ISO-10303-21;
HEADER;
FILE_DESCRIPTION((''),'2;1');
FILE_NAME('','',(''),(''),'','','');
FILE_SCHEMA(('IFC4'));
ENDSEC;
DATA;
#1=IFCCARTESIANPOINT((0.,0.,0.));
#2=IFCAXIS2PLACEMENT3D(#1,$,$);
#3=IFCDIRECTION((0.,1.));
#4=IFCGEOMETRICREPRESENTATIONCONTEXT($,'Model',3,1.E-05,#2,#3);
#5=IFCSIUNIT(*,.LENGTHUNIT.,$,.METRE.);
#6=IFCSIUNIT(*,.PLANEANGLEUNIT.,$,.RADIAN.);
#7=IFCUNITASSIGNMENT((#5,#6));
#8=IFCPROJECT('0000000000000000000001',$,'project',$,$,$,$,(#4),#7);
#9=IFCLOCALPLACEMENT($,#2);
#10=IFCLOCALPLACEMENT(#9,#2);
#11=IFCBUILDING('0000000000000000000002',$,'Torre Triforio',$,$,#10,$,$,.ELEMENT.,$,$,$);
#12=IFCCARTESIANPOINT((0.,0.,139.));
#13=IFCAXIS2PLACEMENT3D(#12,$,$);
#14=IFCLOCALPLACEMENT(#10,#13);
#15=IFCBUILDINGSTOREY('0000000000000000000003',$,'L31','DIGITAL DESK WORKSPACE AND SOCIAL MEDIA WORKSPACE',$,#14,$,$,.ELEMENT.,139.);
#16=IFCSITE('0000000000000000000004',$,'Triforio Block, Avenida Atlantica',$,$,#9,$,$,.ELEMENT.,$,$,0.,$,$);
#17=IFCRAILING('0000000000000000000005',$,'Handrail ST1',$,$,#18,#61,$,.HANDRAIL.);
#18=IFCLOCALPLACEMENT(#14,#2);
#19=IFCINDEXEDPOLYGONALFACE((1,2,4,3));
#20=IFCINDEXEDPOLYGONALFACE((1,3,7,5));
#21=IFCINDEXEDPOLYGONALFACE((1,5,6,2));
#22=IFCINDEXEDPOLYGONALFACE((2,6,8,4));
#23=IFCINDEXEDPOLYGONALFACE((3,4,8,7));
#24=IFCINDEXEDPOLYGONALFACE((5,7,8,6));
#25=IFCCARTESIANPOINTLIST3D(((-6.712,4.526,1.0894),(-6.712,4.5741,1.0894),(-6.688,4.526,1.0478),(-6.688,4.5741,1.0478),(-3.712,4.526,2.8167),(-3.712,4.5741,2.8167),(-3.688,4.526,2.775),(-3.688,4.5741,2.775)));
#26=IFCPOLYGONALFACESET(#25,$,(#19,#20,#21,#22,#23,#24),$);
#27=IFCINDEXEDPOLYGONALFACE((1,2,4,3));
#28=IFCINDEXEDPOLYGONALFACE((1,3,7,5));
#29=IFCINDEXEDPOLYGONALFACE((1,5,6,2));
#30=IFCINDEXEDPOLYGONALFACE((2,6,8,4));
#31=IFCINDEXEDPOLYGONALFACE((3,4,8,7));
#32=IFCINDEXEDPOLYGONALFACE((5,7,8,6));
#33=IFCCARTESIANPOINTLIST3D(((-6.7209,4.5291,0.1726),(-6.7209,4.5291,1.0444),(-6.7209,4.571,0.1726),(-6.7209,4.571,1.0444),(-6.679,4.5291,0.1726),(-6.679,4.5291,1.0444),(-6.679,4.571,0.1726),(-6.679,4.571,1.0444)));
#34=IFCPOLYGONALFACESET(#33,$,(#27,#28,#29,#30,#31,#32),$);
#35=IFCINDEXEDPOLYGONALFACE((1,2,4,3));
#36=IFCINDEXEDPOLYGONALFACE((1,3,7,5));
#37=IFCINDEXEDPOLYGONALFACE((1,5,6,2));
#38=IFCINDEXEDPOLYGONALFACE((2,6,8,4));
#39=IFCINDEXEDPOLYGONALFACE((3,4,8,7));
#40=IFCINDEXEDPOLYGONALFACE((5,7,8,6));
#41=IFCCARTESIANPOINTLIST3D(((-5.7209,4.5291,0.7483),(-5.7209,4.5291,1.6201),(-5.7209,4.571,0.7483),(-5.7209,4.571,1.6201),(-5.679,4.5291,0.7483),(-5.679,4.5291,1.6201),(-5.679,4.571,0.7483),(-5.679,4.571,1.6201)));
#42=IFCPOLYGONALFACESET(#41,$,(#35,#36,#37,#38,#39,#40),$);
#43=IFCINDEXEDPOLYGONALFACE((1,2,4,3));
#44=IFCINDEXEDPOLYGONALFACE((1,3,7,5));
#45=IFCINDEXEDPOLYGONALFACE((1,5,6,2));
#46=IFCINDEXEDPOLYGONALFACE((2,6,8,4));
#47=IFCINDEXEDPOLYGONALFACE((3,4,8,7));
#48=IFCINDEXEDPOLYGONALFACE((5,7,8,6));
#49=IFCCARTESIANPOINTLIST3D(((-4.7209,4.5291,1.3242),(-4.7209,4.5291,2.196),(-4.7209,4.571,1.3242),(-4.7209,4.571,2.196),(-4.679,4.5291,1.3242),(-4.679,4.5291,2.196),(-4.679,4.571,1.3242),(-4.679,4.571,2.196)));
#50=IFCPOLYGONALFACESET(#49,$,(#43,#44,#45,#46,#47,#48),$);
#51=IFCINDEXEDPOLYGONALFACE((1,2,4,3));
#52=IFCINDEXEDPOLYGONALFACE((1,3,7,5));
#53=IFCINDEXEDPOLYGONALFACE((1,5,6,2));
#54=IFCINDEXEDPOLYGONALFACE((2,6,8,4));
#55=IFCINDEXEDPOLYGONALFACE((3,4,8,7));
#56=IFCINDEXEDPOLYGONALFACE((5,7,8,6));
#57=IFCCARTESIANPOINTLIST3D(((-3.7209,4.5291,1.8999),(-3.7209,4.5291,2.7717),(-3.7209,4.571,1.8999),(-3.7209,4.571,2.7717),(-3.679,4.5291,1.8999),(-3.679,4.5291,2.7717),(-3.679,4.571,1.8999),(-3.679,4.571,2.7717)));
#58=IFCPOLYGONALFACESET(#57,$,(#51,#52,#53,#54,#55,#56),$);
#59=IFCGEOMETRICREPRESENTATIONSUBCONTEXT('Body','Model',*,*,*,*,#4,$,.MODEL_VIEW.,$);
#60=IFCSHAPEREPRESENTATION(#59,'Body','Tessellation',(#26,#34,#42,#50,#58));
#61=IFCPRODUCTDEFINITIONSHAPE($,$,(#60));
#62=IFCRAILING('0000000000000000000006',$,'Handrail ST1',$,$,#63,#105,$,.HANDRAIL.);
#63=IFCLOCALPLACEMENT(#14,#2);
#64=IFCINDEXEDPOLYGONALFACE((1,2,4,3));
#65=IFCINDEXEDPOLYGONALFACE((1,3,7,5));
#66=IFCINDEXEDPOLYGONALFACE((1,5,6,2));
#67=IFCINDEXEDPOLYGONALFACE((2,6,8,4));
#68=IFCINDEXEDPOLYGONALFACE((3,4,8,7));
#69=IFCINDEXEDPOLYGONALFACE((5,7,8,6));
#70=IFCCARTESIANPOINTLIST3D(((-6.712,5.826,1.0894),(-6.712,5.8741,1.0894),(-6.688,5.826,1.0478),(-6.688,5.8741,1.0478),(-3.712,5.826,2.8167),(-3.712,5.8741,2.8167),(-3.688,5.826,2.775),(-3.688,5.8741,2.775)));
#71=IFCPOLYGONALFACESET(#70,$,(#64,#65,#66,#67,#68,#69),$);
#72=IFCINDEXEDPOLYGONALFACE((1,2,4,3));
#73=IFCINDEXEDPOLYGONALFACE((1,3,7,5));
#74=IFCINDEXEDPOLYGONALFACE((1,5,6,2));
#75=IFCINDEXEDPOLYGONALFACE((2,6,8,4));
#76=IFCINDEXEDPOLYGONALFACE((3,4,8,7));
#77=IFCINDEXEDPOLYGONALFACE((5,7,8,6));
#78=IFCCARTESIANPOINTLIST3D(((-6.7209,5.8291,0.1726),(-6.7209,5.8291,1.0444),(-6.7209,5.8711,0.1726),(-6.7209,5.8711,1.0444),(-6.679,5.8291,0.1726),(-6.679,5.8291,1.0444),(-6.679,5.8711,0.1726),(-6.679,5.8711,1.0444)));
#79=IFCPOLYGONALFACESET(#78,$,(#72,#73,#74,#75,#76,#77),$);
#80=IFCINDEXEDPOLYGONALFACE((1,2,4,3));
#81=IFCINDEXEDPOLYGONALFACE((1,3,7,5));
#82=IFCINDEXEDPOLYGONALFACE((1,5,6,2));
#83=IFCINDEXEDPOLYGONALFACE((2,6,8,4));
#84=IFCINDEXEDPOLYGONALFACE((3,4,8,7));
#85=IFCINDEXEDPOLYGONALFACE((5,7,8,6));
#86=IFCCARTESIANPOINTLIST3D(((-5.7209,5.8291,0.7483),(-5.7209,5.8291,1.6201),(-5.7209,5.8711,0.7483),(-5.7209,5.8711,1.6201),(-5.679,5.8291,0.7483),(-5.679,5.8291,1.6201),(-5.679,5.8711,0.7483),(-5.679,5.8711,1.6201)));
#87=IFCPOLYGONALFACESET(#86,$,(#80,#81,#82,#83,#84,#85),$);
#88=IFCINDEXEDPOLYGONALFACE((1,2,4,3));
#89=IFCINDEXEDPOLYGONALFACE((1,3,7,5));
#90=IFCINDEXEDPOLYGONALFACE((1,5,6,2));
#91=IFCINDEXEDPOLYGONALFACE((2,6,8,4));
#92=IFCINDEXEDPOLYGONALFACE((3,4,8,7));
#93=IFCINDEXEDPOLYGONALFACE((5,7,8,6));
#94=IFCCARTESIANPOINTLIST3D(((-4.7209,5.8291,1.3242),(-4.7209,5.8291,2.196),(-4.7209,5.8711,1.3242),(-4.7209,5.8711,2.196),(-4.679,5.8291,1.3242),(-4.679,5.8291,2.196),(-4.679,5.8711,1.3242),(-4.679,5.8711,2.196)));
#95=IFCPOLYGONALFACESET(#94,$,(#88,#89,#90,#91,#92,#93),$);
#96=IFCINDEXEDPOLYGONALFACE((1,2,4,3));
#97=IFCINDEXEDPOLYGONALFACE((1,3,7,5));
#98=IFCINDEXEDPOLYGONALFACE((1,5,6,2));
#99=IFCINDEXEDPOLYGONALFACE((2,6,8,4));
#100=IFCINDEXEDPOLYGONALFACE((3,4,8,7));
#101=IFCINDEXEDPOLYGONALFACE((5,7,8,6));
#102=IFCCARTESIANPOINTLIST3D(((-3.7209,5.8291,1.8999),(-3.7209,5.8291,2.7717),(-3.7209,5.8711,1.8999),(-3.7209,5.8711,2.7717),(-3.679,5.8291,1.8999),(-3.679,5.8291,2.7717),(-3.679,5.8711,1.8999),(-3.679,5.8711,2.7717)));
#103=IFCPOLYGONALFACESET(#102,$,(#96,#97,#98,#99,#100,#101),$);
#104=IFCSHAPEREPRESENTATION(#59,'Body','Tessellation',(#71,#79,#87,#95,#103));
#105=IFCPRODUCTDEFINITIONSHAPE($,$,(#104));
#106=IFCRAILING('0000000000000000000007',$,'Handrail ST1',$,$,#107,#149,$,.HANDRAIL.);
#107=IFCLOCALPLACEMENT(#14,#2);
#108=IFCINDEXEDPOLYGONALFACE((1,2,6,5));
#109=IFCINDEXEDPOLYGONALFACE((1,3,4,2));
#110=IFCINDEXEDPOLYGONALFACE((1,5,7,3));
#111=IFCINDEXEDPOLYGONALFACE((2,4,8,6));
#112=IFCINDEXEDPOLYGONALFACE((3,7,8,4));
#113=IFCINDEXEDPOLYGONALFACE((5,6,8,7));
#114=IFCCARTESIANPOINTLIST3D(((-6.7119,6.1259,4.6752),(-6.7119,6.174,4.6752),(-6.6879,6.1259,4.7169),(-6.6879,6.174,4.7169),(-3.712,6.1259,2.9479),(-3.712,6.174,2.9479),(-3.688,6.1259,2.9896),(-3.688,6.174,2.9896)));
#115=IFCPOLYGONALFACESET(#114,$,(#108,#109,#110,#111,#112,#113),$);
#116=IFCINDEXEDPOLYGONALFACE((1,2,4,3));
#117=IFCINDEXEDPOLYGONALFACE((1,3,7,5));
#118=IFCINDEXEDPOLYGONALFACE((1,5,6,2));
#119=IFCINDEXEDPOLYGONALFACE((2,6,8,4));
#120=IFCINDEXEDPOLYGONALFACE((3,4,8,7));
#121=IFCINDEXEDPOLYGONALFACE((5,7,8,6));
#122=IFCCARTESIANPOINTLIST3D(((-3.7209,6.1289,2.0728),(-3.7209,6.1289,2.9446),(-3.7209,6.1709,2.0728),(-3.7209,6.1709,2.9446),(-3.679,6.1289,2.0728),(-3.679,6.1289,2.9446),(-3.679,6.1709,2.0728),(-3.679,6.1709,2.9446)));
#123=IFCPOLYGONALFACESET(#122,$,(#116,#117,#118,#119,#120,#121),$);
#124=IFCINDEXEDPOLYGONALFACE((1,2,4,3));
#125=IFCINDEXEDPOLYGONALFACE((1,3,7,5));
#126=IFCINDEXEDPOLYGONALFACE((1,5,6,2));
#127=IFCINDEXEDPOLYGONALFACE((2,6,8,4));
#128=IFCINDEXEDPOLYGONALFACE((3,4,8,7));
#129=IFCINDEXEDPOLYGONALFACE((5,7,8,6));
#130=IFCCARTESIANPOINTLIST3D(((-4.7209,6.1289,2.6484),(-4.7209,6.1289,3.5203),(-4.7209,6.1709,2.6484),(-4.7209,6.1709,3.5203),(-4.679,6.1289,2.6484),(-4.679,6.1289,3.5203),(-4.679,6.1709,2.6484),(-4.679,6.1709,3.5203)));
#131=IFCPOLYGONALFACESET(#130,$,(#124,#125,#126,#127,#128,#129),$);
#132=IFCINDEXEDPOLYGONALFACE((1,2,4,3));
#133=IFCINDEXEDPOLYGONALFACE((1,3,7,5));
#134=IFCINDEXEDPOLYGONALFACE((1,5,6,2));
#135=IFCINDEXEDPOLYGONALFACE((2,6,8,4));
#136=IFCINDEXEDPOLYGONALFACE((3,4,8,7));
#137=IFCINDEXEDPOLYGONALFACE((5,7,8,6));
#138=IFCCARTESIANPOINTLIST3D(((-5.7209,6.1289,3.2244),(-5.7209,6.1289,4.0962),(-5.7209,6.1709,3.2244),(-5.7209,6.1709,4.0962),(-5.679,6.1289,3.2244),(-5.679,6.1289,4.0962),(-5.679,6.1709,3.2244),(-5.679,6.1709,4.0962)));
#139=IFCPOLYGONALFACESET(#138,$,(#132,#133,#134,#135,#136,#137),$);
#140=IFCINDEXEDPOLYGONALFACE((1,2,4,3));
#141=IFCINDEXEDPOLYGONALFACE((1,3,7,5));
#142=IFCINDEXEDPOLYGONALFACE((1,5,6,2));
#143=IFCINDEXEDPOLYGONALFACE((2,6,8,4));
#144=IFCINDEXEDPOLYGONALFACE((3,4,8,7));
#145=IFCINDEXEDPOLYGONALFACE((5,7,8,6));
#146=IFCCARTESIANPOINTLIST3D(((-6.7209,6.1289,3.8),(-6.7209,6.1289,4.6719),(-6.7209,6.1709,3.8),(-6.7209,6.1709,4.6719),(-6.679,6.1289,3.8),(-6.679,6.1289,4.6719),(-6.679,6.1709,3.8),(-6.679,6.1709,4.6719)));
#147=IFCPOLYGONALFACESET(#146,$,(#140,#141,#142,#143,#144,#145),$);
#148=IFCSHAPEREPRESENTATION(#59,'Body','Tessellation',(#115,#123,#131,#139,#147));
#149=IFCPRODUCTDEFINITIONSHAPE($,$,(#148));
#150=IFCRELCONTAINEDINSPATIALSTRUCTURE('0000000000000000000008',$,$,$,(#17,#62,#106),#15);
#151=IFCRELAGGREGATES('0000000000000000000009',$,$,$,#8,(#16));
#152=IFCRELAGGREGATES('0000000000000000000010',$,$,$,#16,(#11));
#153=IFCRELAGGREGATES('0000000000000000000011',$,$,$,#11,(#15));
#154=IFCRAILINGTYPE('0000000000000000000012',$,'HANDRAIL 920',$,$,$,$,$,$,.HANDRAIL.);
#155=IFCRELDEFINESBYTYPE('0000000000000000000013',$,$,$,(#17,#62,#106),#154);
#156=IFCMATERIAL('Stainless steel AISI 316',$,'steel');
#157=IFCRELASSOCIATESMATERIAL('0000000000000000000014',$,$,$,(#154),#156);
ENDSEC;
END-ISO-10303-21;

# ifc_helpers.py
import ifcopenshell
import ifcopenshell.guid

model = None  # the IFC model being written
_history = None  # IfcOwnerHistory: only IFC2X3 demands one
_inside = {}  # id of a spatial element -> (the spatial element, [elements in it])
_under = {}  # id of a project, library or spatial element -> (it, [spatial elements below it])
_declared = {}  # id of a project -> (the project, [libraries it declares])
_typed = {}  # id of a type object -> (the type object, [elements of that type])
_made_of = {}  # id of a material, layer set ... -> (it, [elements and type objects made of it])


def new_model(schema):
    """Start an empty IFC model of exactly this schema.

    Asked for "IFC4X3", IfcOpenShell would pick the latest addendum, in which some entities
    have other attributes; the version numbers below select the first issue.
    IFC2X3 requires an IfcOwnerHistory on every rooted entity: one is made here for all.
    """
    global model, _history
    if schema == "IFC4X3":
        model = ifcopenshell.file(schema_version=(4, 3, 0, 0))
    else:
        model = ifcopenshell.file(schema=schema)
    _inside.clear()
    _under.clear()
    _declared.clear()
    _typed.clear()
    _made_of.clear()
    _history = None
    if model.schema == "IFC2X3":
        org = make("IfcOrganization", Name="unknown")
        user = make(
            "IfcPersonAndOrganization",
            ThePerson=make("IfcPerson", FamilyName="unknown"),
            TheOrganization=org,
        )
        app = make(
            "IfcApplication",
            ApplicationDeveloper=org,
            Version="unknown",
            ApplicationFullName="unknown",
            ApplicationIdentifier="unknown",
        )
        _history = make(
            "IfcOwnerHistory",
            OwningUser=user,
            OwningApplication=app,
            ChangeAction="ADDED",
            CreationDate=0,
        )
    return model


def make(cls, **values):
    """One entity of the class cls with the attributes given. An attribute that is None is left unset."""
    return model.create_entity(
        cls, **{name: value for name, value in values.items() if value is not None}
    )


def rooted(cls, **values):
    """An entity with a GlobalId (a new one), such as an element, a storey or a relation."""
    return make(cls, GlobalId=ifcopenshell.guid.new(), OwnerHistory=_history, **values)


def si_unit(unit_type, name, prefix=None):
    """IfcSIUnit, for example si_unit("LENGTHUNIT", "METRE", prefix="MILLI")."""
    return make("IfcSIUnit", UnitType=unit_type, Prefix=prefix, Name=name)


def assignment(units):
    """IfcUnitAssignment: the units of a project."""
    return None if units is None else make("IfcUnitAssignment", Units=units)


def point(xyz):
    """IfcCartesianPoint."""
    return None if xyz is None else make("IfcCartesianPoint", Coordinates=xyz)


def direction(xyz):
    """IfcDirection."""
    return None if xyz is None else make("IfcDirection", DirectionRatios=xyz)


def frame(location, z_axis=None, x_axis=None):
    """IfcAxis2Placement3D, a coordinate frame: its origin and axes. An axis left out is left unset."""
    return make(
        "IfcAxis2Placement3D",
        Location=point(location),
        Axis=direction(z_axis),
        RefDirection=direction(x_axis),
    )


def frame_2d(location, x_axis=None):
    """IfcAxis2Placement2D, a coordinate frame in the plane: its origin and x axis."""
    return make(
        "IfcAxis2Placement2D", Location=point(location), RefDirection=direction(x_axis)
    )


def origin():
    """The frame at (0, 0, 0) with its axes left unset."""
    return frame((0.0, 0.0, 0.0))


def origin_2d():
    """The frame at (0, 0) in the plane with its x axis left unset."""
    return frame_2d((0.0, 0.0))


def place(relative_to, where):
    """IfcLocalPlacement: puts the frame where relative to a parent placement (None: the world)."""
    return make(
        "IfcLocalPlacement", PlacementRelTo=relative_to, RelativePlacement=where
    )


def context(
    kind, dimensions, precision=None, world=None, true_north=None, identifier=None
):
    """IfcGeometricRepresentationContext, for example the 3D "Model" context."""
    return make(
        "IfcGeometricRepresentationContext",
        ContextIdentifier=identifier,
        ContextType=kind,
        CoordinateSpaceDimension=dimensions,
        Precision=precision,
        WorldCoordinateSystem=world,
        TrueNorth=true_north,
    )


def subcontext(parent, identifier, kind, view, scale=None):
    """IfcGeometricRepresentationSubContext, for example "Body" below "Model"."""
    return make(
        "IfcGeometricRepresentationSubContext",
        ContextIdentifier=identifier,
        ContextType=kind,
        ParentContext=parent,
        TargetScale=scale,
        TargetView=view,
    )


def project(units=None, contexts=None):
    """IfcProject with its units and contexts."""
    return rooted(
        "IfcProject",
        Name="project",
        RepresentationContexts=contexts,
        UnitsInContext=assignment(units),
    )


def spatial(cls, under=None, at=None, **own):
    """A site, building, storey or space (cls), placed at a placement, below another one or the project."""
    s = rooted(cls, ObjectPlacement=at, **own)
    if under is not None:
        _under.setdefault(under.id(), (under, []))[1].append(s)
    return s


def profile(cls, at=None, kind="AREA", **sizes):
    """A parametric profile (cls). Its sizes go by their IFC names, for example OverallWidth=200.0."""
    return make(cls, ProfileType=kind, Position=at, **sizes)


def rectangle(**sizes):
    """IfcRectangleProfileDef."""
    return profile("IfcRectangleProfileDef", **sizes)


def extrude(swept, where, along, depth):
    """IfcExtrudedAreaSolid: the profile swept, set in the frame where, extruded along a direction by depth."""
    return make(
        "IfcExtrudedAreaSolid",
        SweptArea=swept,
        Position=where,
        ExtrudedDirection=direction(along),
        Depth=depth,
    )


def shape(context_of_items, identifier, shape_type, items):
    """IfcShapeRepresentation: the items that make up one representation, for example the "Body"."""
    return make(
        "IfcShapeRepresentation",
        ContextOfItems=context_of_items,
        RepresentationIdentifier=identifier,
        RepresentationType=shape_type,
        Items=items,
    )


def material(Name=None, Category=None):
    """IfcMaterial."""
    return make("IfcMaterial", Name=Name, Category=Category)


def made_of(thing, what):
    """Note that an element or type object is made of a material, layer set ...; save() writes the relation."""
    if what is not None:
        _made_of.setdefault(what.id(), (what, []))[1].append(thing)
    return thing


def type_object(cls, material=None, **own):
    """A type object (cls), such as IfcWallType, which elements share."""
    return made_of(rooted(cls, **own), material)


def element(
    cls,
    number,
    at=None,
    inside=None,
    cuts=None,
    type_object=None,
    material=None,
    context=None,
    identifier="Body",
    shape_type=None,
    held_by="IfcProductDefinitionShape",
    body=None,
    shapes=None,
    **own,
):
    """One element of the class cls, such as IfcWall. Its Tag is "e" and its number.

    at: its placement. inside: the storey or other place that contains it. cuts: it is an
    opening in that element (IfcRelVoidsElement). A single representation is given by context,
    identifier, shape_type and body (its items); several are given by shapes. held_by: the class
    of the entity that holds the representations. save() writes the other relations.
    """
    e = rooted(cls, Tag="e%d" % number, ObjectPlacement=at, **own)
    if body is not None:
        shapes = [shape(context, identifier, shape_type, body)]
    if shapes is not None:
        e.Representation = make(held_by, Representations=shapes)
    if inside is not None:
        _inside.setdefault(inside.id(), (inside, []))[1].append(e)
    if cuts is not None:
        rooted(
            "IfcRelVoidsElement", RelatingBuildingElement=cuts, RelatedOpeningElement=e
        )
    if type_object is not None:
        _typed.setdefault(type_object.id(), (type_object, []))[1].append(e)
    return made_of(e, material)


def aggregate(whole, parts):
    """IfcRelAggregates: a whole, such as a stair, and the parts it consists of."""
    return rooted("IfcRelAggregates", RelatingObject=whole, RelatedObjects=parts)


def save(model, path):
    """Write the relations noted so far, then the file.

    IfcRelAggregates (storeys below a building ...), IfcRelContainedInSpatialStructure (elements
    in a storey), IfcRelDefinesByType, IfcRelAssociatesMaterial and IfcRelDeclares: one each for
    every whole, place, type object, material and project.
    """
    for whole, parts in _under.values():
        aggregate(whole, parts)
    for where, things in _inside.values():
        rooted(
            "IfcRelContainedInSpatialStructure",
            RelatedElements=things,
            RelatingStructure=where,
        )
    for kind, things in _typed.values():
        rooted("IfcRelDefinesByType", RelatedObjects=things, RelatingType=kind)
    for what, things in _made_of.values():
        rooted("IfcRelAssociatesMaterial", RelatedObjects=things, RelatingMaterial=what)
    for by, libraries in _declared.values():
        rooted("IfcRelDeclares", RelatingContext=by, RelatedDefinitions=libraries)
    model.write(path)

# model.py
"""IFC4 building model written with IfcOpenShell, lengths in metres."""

from ifc_helpers import new_model, si_unit, direction, frame, origin, origin_2d, place, context, subcontext, project, spatial, rectangle, extrude, material, type_object, element, save


model = new_model("IFC4")

# Units and contexts
model_context = context("Model", 3, precision=1e-05, world=origin(), true_north=direction((0.0, 1.0)))
body_context = subcontext(model_context, "Body", "Model", "MODEL_VIEW")
ifc_project = project(units=[si_unit("LENGTHUNIT", "METRE"), si_unit("PLANEANGLEUNIT", "RADIAN")], contexts=[model_context])

# Site, building, storey
site_placement = place(None, origin())
site = spatial("IfcSite", under=ifc_project, at=site_placement, Name="Triforio Block, Avenida Atlantica", CompositionType="ELEMENT", RefElevation=0.0)
building_placement = place(site_placement, origin())
building = spatial("IfcBuilding", under=site, at=building_placement, Name="Torre Triforio", CompositionType="ELEMENT")
storey_placement = place(building_placement, frame((0.0, 0.0, 139.0)))
storey = spatial("IfcBuildingStorey", under=building, at=storey_placement, Name="L31", Description="DIGITAL DESK WORKSPACE AND SOCIAL MEDIA WORKSPACE", CompositionType="ELEMENT", Elevation=139.0)

# Railings
ifc_material_1 = material(Name="Stainless steel AISI 316", Category="steel")
railing_type = type_object("IfcRailingType", Name="HANDRAIL 920", PredefinedType="HANDRAIL", material=ifc_material_1)
for number, where, name in (
    (1, (-6.7, 4.55, 0.1726), "Handrail ST1"),
    (2, (-6.7, 5.8501, 0.1726), "Handrail ST1"),
):
    element("IfcRailing", number, at=place(storey_placement, frame(where)), inside=storey, type_object=railing_type, Name=name, PredefinedType="HANDRAIL", context=body_context, shape_type="SweptSolid", body=[
        extrude(rectangle(XDim=0.0481, YDim=0.0481, at=origin_2d()), frame((0.0, 0.0, 0.896), z_axis=(0.86662, 0.0, 0.498969), x_axis=(0.0, 1.0, 0.0)), (0.0, 0.0, 1.0), 3.4617),
        extrude(rectangle(XDim=0.042, YDim=0.042, at=origin_2d()), origin(), (0.0, 0.0, 1.0), 0.8718),
        extrude(rectangle(XDim=0.042, YDim=0.042, at=origin_2d()), frame((1.0, 0.0, 0.5757)), (0.0, 0.0, 1.0), 0.8718),
        extrude(rectangle(XDim=0.042, YDim=0.042, at=origin_2d()), frame((2.0, 0.0, 1.1516)), (0.0, 0.0, 1.0), 0.8718),
        extrude(rectangle(XDim=0.042, YDim=0.042, at=origin_2d()), frame((3.0, 0.0, 1.7273)), (0.0, 0.0, 1.0), 0.8718),
    ])
railing_placement = place(storey_placement, frame((-3.7, 6.1499, 2.0728)))
element("IfcRailing", 3, at=railing_placement, inside=storey, type_object=railing_type, Name="Handrail ST1", PredefinedType="HANDRAIL", context=body_context, shape_type="SweptSolid", body=[
    extrude(rectangle(XDim=0.0481, YDim=0.0481, at=origin_2d()), frame((0.0, 0.0, 0.896), z_axis=(-0.86662, 0.0, 0.498969), x_axis=(0.0, -1.0, 0.0)), (0.0, 0.0, 1.0), 3.4617),
    extrude(rectangle(XDim=0.042, YDim=0.042, at=origin_2d()), origin(), (0.0, 0.0, 1.0), 0.8718),
    extrude(rectangle(XDim=0.042, YDim=0.042, at=origin_2d()), frame((-1.0, 0.0, 0.5757)), (0.0, 0.0, 1.0), 0.8718),
    extrude(rectangle(XDim=0.042, YDim=0.042, at=origin_2d()), frame((-2.0, 0.0, 1.1516)), (0.0, 0.0, 1.0), 0.8718),
    extrude(rectangle(XDim=0.042, YDim=0.042, at=origin_2d()), frame((-3.0, 0.0, 1.7273)), (0.0, 0.0, 1.0), 0.8718),
])

save(model, "model.ifc")
